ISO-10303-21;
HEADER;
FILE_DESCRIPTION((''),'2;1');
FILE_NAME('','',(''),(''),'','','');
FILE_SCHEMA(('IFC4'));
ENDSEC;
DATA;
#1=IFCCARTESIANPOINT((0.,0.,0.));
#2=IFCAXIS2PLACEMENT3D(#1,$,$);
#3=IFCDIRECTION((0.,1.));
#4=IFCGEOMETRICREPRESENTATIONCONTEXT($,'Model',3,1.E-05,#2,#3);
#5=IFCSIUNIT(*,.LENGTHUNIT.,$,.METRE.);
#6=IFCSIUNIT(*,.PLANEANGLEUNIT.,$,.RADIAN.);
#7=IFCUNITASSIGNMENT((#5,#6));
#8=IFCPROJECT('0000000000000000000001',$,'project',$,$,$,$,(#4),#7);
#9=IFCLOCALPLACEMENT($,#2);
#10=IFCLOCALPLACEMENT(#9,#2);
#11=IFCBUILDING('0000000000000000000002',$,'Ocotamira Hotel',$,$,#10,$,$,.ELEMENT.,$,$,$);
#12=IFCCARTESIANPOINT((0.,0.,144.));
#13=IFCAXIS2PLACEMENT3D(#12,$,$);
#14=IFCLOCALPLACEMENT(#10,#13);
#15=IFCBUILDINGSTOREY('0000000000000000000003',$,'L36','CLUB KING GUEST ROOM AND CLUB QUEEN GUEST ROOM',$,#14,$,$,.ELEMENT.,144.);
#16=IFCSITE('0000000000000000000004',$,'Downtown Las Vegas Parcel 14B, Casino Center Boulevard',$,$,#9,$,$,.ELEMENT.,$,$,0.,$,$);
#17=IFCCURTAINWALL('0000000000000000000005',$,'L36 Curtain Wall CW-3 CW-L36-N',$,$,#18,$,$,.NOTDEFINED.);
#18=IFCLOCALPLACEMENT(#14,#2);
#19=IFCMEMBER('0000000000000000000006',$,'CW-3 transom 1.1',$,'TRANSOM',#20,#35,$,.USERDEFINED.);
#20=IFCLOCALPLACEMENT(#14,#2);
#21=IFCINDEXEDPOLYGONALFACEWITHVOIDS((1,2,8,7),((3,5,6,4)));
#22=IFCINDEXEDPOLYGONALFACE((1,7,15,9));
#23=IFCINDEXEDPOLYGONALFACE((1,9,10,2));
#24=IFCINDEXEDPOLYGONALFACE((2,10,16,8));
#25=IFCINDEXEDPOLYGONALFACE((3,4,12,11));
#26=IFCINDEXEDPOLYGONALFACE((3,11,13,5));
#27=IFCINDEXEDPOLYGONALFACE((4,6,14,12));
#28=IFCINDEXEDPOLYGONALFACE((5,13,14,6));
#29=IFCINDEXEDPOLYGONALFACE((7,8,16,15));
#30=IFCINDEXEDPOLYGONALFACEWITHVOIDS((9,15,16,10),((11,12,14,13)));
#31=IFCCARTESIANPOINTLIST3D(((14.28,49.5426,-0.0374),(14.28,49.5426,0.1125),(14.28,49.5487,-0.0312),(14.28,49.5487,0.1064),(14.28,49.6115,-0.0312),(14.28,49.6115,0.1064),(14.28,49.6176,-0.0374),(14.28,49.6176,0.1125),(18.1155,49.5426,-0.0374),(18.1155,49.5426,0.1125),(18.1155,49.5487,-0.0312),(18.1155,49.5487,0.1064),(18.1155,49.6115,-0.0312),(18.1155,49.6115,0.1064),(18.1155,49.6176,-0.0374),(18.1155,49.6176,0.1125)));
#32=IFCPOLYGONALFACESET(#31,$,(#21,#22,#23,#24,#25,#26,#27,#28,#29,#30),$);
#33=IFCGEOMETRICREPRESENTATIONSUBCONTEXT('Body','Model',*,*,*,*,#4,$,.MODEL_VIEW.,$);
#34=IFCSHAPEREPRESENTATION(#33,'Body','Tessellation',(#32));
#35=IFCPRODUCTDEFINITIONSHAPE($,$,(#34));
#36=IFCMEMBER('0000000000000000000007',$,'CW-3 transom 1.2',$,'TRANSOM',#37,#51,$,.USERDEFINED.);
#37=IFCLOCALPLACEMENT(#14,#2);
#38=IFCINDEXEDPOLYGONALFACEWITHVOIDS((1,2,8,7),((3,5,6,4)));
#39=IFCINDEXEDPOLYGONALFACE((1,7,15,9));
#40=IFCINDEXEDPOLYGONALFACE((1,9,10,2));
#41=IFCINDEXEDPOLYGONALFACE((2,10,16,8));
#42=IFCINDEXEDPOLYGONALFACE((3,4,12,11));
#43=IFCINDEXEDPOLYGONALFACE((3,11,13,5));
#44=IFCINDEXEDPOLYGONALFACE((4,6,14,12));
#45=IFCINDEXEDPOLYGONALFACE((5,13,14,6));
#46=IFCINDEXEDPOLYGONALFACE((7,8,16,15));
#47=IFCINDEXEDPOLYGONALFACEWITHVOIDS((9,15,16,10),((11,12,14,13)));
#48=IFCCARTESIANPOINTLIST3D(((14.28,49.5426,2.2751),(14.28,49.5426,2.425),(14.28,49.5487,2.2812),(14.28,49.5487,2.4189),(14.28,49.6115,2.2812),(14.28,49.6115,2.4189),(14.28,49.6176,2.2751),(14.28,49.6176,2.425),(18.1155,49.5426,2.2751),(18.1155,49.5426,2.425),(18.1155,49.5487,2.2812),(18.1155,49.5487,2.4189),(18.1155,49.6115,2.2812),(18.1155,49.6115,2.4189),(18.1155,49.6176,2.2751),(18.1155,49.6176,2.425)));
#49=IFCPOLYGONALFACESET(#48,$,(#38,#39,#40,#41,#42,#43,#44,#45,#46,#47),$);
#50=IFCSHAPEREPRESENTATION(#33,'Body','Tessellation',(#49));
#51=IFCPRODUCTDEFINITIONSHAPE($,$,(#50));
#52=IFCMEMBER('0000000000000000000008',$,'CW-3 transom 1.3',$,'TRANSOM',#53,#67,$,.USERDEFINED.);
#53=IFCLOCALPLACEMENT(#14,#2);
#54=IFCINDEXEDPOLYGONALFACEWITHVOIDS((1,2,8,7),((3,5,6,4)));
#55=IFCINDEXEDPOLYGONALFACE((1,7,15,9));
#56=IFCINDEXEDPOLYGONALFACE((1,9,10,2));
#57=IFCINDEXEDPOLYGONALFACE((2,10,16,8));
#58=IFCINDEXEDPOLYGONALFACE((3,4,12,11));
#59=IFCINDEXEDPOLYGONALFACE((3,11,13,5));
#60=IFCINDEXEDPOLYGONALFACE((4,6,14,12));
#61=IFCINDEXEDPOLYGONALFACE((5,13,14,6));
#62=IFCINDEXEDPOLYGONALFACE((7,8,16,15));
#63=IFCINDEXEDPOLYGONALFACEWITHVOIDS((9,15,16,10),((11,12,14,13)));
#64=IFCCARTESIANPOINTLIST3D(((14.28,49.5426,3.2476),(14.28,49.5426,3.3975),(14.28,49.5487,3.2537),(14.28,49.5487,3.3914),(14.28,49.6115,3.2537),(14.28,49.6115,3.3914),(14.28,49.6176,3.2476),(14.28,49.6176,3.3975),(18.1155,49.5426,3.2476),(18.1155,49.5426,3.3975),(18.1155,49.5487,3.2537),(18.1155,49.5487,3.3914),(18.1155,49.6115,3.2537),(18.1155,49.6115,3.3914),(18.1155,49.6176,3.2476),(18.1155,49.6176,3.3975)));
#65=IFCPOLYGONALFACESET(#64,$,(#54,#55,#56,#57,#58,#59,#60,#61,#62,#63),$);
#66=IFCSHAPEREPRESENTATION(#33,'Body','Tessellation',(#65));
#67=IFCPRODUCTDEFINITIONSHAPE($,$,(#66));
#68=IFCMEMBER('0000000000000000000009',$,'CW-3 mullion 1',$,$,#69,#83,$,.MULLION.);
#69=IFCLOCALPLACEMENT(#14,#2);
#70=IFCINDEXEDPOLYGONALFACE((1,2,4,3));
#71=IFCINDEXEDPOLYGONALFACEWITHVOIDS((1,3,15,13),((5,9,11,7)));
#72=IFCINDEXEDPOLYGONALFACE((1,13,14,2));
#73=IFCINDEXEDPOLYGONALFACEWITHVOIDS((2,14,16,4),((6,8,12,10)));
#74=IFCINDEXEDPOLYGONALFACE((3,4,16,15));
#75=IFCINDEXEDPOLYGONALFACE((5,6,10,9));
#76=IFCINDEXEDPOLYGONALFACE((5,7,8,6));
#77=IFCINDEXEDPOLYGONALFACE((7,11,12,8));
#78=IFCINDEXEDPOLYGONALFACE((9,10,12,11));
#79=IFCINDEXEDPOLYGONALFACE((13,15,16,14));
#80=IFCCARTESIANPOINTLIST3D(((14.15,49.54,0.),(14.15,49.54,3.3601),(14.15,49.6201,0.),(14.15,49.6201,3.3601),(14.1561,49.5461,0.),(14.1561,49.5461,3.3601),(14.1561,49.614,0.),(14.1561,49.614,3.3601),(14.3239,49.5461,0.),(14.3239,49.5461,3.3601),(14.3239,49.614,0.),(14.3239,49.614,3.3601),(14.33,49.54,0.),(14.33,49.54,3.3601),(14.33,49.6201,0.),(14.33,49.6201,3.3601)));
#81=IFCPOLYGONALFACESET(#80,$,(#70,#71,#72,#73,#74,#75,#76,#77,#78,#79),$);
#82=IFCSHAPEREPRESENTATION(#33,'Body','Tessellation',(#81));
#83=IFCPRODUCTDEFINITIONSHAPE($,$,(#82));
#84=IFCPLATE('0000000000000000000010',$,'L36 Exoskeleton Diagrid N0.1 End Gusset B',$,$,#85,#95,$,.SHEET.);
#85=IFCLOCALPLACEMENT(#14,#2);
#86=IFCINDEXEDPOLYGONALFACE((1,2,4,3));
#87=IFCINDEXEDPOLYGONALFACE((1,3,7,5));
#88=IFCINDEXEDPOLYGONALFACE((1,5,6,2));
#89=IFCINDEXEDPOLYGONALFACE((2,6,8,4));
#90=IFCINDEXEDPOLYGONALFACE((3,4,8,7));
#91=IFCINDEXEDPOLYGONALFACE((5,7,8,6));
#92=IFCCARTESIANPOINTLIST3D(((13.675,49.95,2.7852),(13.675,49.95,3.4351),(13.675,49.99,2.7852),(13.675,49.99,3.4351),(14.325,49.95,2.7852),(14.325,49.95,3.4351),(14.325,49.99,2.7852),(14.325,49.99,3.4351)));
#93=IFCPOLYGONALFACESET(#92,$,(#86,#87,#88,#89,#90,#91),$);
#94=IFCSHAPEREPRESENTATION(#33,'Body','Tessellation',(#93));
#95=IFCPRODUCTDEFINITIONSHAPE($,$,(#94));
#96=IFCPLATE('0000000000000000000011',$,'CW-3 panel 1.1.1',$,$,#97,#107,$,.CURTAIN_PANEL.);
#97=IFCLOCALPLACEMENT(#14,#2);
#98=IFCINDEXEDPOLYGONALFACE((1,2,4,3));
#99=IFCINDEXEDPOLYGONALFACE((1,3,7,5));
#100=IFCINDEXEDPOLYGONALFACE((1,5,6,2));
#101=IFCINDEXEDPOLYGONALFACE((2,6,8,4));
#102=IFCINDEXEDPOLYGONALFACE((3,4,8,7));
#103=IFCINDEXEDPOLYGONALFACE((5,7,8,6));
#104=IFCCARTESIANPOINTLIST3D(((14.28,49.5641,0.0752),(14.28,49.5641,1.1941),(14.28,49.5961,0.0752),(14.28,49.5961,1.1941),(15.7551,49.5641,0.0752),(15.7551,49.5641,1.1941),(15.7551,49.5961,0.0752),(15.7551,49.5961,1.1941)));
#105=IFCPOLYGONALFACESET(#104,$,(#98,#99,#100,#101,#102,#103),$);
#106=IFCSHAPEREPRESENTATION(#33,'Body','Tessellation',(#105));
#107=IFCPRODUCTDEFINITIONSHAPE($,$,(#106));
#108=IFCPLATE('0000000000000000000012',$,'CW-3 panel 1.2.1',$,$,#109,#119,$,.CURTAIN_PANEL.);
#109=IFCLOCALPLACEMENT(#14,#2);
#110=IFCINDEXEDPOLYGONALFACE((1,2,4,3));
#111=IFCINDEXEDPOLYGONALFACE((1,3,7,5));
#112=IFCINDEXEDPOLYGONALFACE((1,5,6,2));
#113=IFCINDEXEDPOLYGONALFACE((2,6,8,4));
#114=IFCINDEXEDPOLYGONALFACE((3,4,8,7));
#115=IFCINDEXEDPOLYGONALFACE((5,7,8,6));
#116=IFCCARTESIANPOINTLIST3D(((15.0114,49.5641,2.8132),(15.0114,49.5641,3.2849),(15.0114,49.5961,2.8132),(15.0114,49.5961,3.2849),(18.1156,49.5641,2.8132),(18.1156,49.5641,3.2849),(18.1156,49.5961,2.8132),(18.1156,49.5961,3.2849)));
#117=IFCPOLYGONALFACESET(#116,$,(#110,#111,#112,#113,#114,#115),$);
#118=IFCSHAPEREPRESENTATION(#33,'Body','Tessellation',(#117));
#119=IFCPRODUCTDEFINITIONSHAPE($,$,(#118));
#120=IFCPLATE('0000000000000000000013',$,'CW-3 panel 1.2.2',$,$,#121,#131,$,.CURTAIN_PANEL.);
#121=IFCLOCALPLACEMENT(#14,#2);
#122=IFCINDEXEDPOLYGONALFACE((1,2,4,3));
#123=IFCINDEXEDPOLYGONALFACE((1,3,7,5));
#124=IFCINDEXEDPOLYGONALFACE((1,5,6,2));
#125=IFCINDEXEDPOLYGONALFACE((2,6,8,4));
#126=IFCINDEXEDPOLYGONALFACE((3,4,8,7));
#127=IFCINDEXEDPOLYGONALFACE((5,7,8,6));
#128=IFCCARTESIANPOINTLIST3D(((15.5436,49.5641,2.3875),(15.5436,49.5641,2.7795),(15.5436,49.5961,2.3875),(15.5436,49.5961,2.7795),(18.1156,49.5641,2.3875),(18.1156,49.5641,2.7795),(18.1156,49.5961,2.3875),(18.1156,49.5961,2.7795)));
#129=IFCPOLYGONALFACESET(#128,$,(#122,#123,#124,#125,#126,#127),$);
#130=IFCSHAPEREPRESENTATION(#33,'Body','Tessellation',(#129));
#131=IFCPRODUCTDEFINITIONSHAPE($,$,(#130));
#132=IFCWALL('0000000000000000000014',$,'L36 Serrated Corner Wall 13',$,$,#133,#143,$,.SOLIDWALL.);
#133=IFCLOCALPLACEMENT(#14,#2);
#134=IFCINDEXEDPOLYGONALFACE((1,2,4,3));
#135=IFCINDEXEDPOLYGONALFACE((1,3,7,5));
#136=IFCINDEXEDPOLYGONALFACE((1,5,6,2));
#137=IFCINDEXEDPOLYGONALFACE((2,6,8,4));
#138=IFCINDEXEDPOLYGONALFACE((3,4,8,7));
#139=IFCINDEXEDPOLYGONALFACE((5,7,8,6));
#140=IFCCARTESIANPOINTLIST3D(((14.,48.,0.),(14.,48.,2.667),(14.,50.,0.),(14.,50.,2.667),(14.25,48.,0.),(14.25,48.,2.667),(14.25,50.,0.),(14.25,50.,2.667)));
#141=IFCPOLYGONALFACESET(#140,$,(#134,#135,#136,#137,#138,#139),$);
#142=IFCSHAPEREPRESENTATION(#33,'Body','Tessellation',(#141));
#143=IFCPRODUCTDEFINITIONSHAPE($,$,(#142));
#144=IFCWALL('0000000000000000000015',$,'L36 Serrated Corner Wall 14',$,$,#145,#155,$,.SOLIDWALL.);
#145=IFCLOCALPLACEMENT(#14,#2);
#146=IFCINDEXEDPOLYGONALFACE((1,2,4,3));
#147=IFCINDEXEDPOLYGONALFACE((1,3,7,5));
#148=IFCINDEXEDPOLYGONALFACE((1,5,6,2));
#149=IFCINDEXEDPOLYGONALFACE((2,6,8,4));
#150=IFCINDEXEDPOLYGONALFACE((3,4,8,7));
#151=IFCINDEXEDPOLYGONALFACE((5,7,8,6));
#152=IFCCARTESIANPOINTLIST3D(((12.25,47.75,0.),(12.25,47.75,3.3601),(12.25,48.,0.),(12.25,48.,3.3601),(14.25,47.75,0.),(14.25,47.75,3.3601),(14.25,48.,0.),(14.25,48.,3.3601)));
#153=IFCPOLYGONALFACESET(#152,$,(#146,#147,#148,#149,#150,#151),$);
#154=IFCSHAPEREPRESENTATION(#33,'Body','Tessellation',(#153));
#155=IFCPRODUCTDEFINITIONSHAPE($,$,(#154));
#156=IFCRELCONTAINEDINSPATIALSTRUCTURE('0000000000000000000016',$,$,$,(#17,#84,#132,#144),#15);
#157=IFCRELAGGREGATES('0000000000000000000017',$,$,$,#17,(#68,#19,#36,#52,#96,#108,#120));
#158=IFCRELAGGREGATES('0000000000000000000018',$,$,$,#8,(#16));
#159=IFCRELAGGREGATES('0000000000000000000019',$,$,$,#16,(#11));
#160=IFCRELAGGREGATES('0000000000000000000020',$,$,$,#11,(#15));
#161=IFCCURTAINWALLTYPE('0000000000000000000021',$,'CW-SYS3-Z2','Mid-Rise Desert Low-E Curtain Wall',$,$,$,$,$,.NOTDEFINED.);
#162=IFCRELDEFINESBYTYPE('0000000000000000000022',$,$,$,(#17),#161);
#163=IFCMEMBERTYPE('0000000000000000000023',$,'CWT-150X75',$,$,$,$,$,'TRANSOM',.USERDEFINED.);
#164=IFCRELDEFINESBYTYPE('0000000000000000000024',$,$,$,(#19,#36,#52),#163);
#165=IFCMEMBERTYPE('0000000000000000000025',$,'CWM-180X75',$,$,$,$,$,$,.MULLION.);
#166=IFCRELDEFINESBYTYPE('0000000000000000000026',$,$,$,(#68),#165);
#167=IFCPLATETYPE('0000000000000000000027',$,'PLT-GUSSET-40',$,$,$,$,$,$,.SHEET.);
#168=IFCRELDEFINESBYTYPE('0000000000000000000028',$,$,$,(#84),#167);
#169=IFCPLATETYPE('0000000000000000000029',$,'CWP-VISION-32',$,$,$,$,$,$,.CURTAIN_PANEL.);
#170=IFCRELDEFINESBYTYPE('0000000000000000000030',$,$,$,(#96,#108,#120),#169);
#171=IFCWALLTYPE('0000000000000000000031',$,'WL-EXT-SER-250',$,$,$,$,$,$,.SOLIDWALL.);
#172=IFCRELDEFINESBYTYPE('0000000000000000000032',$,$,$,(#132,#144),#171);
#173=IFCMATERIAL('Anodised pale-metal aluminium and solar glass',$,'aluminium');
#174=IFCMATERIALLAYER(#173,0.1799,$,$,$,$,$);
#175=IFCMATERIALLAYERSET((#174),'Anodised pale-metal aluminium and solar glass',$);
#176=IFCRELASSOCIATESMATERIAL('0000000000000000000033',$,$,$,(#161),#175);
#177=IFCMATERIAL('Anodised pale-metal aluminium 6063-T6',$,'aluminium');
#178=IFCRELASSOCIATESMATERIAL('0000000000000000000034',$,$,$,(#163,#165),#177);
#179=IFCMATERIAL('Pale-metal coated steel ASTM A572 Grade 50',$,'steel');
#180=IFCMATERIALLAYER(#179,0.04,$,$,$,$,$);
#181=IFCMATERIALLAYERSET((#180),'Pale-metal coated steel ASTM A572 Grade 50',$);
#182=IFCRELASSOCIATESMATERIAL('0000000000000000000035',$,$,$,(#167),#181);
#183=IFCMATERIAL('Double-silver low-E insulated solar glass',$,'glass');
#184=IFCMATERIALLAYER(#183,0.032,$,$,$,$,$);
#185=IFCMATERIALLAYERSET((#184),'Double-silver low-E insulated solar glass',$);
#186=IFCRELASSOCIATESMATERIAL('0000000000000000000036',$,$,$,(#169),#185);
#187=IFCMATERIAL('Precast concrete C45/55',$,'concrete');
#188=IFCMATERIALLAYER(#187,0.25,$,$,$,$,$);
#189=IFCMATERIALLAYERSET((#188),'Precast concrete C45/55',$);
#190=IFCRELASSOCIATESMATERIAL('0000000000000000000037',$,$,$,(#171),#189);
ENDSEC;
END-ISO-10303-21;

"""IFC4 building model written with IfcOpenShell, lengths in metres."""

from ifc_helpers import new_model, si_unit, direction, frame, frame_2d, origin, origin_2d, place, context, subcontext, project, spatial, rectangle, hollow_rectangle, extrude, source, transform, mapped, material, layer, layer_set, material_profile, profile_set, type_object, element, aggregate, save


model = new_model("IFC4")

# Units and contexts
model_context = context("Model", 3, precision=1e-05, world=origin(), true_north=direction((0.0, 1.0)))
body_context = subcontext(model_context, "Body", "Model", "MODEL_VIEW")
ifc_project = project(units=[si_unit("LENGTHUNIT", "METRE"), si_unit("PLANEANGLEUNIT", "RADIAN")], contexts=[model_context])

# Site, building, storey
site_placement = place(None, origin())
site = spatial("IfcSite", under=ifc_project, at=site_placement, Name="Downtown Las Vegas Parcel 14B, Casino Center Boulevard", CompositionType="ELEMENT", RefElevation=0.0)
building_placement = place(site_placement, origin())
building = spatial("IfcBuilding", under=site, at=building_placement, Name="Ocotamira Hotel", CompositionType="ELEMENT")
storey_placement = place(building_placement, frame((0.0, 0.0, 144.0)))
storey = spatial("IfcBuildingStorey", under=building, at=storey_placement, Name="L36", Description="CLUB KING GUEST ROOM AND CLUB QUEEN GUEST ROOM", CompositionType="ELEMENT", Elevation=144.0)

# Curtain wall, members
ifc_material_1 = material(Name="Anodised pale-metal aluminium and solar glass", Category="aluminium")
ifc_layer_1 = layer(ifc_material_1, 0.1799)
ifc_layer_set_1 = layer_set([ifc_layer_1], Name="Anodised pale-metal aluminium and solar glass")
curtain_wall_type = type_object("IfcCurtainWallType", Name="CW-SYS3-Z2", Description="Mid-Rise Desert Low-E Curtain Wall", PredefinedType="NOTDEFINED", material=ifc_layer_set_1)
curtain_wall_placement = place(storey_placement, origin())
curtain_wall = element("IfcCurtainWall", 1, at=curtain_wall_placement, inside=storey, type_object=curtain_wall_type, Name="L36 Curtain Wall CW-3 CW-L36-N", PredefinedType="NOTDEFINED")
ifc_material_2 = material(Name="Anodised pale-metal aluminium 6063-T6", Category="aluminium")
ifc_material_profile_1 = material_profile(ifc_material_2, hollow_rectangle(XDim=0.075, YDim=0.1499, WallThickness=0.0061, at=origin_2d()), Name="HSS150X75X6")
ifc_profile_set_1 = profile_set([ifc_material_profile_1], Name="Anodised pale-metal aluminium 6063-T6")
member_type_1 = type_object("IfcMemberType", Name="CWT-150X75", ElementType="TRANSOM", PredefinedType="USERDEFINED", material=ifc_profile_set_1)
shared_shape_1 = source(origin(), body_context, "Body", "SweptSolid", [
    extrude(hollow_rectangle(XDim=0.075, YDim=0.1499, WallThickness=0.0061, at=origin_2d()), origin(), (0.0, 0.0, 1.0), 3.8354),
])
member_1_placement = place(storey_placement, frame((14.28, 49.5801, 0.0376), z_axis=(1.0, 0.0, 0.0), x_axis=(0.0, 1.0, 0.0)))
member_1 = element("IfcMember", 2, at=member_1_placement, type_object=member_type_1, Name="CW-3 transom 1.1", ObjectType="TRANSOM", PredefinedType="USERDEFINED", context=body_context, shape_type="MappedRepresentation", body=[
    mapped(shared_shape_1, transform((0.0, 0.0, 0.0), scale=1.0)),
])
member_2_placement = place(storey_placement, frame((14.28, 49.5801, 2.3501), z_axis=(1.0, 0.0, 0.0), x_axis=(0.0, 1.0, 0.0)))
member_2 = element("IfcMember", 3, at=member_2_placement, type_object=member_type_1, Name="CW-3 transom 1.2", ObjectType="TRANSOM", PredefinedType="USERDEFINED", context=body_context, shape_type="MappedRepresentation", body=[
    mapped(shared_shape_1, transform((0.0, 0.0, 0.0), scale=1.0)),
])
member_3_placement = place(storey_placement, frame((14.28, 49.5801, 3.3225), z_axis=(1.0, 0.0, 0.0), x_axis=(0.0, 1.0, 0.0)))
member_3 = element("IfcMember", 4, at=member_3_placement, type_object=member_type_1, Name="CW-3 transom 1.3", ObjectType="TRANSOM", PredefinedType="USERDEFINED", context=body_context, shape_type="MappedRepresentation", body=[
    mapped(shared_shape_1, transform((0.0, 0.0, 0.0), scale=1.0)),
])
ifc_material_profile_2 = material_profile(ifc_material_2, hollow_rectangle(XDim=0.0801, YDim=0.1799, WallThickness=0.0061, at=origin_2d()), Name="HSS180X80X6")
ifc_profile_set_2 = profile_set([ifc_material_profile_2], Name="Anodised pale-metal aluminium 6063-T6")
member_type_2 = type_object("IfcMemberType", Name="CWM-180X75", PredefinedType="MULLION", material=ifc_profile_set_2)
shared_shape_2 = source(origin(), body_context, "Body", "SweptSolid", [
    extrude(hollow_rectangle(XDim=0.0801, YDim=0.1799, WallThickness=0.0061, at=origin_2d()), origin(), (0.0, 0.0, 1.0), 3.3601),
])
member_4_placement = place(storey_placement, frame((14.24, 49.5801, 0.0), z_axis=(0.0, 0.0, 1.0), x_axis=(0.0, 1.0, 0.0)))
member_4 = element("IfcMember", 5, at=member_4_placement, type_object=member_type_2, Name="CW-3 mullion 1", PredefinedType="MULLION", context=body_context, shape_type="MappedRepresentation", body=[
    mapped(shared_shape_2, transform((0.0, 0.0, 0.0), scale=1.0)),
])

# Plates
ifc_material_3 = material(Name="Pale-metal coated steel ASTM A572 Grade 50", Category="steel")
ifc_layer_2 = layer(ifc_material_3, 0.04)
ifc_layer_set_2 = layer_set([ifc_layer_2], Name="Pale-metal coated steel ASTM A572 Grade 50")
plate_type_1 = type_object("IfcPlateType", Name="PLT-GUSSET-40", PredefinedType="SHEET", material=ifc_layer_set_2)
shared_shape_3 = source(origin(), body_context, "Body", "SweptSolid", [
    extrude(rectangle(XDim=0.6499, YDim=0.04, at=origin_2d()), origin(), (0.0, 0.0, 1.0), 0.6499),
])
plate_1_placement = place(storey_placement, frame((14.0, 49.97, 2.7852), z_axis=(0.0, 0.0, 1.0), x_axis=(-1.0, 0.0, 0.0)))
element("IfcPlate", 6, at=plate_1_placement, inside=storey, type_object=plate_type_1, Name="L36 Exoskeleton Diagrid N0.1 End Gusset B", PredefinedType="SHEET", context=body_context, shape_type="MappedRepresentation", body=[
    mapped(shared_shape_3, transform((0.0, 0.0, 0.0), scale=1.0)),
])
ifc_material_4 = material(Name="Double-silver low-E insulated solar glass", Category="glass")
ifc_layer_3 = layer(ifc_material_4, 0.032)
ifc_layer_set_3 = layer_set([ifc_layer_3], Name="Double-silver low-E insulated solar glass")
plate_type_2 = type_object("IfcPlateType", Name="CWP-VISION-32", PredefinedType="CURTAIN_PANEL", material=ifc_layer_set_3)
shared_shape_4 = source(origin(), body_context, "Body", "SweptSolid", [
    extrude(rectangle(XDim=1.4751, YDim=0.032, at=origin_2d()), origin(), (0.0, 0.0, 1.0), 1.1189),
])
plate_2_placement = place(storey_placement, frame((15.0176, 49.5801, 0.0752), z_axis=(0.0, 0.0, 1.0), x_axis=(1.0, 0.0, 0.0)))
plate_2 = element("IfcPlate", 7, at=plate_2_placement, type_object=plate_type_2, Name="CW-3 panel 1.1.1", PredefinedType="CURTAIN_PANEL", context=body_context, shape_type="MappedRepresentation", body=[
    mapped(shared_shape_4, transform((0.0, 0.0, 0.0), scale=1.0)),
])
shared_shape_5 = source(origin(), body_context, "Body", "SweptSolid", [
    extrude(rectangle(XDim=3.1042, YDim=0.032, at=origin_2d()), origin(), (0.0, 0.0, 1.0), 0.4717),
])
plate_3_placement = place(storey_placement, frame((16.5635, 49.5801, 2.8132), z_axis=(0.0, 0.0, 1.0), x_axis=(1.0, 0.0, 0.0)))
plate_3 = element("IfcPlate", 8, at=plate_3_placement, type_object=plate_type_2, Name="CW-3 panel 1.2.1", PredefinedType="CURTAIN_PANEL", context=body_context, shape_type="MappedRepresentation", body=[
    mapped(shared_shape_5, transform((0.0, 0.0, 0.0), scale=1.0)),
])
shared_shape_6 = source(origin(), body_context, "Body", "SweptSolid", [
    extrude(rectangle(XDim=2.572, YDim=0.032, at=origin_2d()), origin(), (0.0, 0.0, 1.0), 0.3921),
])
plate_4_placement = place(storey_placement, frame((16.8296, 49.5801, 2.3875), z_axis=(0.0, 0.0, 1.0), x_axis=(1.0, 0.0, 0.0)))
plate_4 = element("IfcPlate", 9, at=plate_4_placement, type_object=plate_type_2, Name="CW-3 panel 1.2.2", PredefinedType="CURTAIN_PANEL", context=body_context, shape_type="MappedRepresentation", body=[
    mapped(shared_shape_6, transform((0.0, 0.0, 0.0), scale=1.0)),
])
aggregate(curtain_wall, [member_4, member_1, member_2, member_3, plate_2, plate_3, plate_4])

# Walls
ifc_material_5 = material(Name="Precast concrete C45/55", Category="concrete")
ifc_layer_4 = layer(ifc_material_5, 0.25)
ifc_layer_set_4 = layer_set([ifc_layer_4], Name="Precast concrete C45/55")
wall_type = type_object("IfcWallType", Name="WL-EXT-SER-250", PredefinedType="SOLIDWALL", material=ifc_layer_set_4)
wall_1_placement = place(storey_placement, frame((14.125, 50.0, 0.0), z_axis=(0.0, 0.0, 1.0), x_axis=(0.0, -1.0, 0.0)))
element("IfcWall", 10, at=wall_1_placement, inside=storey, type_object=wall_type, Name="L36 Serrated Corner Wall 13", PredefinedType="SOLIDWALL", context=body_context, shape_type="SweptSolid", body=[
    extrude(rectangle(XDim=2.0, YDim=0.25, at=frame_2d((1.0, 0.0))), origin(), (0.0, 0.0, 1.0), 2.667),
])
wall_2_placement = place(storey_placement, frame((14.25, 47.875, 0.0), z_axis=(0.0, 0.0, 1.0), x_axis=(-1.0, 0.0, 0.0)))
element("IfcWall", 11, at=wall_2_placement, inside=storey, type_object=wall_type, Name="L36 Serrated Corner Wall 14", PredefinedType="SOLIDWALL", context=body_context, shape_type="SweptSolid", body=[
    extrude(rectangle(XDim=2.0, YDim=0.25, at=frame_2d((1.0, 0.0))), origin(), (0.0, 0.0, 1.0), 3.3601),
])

save(model, "model.ifc")
